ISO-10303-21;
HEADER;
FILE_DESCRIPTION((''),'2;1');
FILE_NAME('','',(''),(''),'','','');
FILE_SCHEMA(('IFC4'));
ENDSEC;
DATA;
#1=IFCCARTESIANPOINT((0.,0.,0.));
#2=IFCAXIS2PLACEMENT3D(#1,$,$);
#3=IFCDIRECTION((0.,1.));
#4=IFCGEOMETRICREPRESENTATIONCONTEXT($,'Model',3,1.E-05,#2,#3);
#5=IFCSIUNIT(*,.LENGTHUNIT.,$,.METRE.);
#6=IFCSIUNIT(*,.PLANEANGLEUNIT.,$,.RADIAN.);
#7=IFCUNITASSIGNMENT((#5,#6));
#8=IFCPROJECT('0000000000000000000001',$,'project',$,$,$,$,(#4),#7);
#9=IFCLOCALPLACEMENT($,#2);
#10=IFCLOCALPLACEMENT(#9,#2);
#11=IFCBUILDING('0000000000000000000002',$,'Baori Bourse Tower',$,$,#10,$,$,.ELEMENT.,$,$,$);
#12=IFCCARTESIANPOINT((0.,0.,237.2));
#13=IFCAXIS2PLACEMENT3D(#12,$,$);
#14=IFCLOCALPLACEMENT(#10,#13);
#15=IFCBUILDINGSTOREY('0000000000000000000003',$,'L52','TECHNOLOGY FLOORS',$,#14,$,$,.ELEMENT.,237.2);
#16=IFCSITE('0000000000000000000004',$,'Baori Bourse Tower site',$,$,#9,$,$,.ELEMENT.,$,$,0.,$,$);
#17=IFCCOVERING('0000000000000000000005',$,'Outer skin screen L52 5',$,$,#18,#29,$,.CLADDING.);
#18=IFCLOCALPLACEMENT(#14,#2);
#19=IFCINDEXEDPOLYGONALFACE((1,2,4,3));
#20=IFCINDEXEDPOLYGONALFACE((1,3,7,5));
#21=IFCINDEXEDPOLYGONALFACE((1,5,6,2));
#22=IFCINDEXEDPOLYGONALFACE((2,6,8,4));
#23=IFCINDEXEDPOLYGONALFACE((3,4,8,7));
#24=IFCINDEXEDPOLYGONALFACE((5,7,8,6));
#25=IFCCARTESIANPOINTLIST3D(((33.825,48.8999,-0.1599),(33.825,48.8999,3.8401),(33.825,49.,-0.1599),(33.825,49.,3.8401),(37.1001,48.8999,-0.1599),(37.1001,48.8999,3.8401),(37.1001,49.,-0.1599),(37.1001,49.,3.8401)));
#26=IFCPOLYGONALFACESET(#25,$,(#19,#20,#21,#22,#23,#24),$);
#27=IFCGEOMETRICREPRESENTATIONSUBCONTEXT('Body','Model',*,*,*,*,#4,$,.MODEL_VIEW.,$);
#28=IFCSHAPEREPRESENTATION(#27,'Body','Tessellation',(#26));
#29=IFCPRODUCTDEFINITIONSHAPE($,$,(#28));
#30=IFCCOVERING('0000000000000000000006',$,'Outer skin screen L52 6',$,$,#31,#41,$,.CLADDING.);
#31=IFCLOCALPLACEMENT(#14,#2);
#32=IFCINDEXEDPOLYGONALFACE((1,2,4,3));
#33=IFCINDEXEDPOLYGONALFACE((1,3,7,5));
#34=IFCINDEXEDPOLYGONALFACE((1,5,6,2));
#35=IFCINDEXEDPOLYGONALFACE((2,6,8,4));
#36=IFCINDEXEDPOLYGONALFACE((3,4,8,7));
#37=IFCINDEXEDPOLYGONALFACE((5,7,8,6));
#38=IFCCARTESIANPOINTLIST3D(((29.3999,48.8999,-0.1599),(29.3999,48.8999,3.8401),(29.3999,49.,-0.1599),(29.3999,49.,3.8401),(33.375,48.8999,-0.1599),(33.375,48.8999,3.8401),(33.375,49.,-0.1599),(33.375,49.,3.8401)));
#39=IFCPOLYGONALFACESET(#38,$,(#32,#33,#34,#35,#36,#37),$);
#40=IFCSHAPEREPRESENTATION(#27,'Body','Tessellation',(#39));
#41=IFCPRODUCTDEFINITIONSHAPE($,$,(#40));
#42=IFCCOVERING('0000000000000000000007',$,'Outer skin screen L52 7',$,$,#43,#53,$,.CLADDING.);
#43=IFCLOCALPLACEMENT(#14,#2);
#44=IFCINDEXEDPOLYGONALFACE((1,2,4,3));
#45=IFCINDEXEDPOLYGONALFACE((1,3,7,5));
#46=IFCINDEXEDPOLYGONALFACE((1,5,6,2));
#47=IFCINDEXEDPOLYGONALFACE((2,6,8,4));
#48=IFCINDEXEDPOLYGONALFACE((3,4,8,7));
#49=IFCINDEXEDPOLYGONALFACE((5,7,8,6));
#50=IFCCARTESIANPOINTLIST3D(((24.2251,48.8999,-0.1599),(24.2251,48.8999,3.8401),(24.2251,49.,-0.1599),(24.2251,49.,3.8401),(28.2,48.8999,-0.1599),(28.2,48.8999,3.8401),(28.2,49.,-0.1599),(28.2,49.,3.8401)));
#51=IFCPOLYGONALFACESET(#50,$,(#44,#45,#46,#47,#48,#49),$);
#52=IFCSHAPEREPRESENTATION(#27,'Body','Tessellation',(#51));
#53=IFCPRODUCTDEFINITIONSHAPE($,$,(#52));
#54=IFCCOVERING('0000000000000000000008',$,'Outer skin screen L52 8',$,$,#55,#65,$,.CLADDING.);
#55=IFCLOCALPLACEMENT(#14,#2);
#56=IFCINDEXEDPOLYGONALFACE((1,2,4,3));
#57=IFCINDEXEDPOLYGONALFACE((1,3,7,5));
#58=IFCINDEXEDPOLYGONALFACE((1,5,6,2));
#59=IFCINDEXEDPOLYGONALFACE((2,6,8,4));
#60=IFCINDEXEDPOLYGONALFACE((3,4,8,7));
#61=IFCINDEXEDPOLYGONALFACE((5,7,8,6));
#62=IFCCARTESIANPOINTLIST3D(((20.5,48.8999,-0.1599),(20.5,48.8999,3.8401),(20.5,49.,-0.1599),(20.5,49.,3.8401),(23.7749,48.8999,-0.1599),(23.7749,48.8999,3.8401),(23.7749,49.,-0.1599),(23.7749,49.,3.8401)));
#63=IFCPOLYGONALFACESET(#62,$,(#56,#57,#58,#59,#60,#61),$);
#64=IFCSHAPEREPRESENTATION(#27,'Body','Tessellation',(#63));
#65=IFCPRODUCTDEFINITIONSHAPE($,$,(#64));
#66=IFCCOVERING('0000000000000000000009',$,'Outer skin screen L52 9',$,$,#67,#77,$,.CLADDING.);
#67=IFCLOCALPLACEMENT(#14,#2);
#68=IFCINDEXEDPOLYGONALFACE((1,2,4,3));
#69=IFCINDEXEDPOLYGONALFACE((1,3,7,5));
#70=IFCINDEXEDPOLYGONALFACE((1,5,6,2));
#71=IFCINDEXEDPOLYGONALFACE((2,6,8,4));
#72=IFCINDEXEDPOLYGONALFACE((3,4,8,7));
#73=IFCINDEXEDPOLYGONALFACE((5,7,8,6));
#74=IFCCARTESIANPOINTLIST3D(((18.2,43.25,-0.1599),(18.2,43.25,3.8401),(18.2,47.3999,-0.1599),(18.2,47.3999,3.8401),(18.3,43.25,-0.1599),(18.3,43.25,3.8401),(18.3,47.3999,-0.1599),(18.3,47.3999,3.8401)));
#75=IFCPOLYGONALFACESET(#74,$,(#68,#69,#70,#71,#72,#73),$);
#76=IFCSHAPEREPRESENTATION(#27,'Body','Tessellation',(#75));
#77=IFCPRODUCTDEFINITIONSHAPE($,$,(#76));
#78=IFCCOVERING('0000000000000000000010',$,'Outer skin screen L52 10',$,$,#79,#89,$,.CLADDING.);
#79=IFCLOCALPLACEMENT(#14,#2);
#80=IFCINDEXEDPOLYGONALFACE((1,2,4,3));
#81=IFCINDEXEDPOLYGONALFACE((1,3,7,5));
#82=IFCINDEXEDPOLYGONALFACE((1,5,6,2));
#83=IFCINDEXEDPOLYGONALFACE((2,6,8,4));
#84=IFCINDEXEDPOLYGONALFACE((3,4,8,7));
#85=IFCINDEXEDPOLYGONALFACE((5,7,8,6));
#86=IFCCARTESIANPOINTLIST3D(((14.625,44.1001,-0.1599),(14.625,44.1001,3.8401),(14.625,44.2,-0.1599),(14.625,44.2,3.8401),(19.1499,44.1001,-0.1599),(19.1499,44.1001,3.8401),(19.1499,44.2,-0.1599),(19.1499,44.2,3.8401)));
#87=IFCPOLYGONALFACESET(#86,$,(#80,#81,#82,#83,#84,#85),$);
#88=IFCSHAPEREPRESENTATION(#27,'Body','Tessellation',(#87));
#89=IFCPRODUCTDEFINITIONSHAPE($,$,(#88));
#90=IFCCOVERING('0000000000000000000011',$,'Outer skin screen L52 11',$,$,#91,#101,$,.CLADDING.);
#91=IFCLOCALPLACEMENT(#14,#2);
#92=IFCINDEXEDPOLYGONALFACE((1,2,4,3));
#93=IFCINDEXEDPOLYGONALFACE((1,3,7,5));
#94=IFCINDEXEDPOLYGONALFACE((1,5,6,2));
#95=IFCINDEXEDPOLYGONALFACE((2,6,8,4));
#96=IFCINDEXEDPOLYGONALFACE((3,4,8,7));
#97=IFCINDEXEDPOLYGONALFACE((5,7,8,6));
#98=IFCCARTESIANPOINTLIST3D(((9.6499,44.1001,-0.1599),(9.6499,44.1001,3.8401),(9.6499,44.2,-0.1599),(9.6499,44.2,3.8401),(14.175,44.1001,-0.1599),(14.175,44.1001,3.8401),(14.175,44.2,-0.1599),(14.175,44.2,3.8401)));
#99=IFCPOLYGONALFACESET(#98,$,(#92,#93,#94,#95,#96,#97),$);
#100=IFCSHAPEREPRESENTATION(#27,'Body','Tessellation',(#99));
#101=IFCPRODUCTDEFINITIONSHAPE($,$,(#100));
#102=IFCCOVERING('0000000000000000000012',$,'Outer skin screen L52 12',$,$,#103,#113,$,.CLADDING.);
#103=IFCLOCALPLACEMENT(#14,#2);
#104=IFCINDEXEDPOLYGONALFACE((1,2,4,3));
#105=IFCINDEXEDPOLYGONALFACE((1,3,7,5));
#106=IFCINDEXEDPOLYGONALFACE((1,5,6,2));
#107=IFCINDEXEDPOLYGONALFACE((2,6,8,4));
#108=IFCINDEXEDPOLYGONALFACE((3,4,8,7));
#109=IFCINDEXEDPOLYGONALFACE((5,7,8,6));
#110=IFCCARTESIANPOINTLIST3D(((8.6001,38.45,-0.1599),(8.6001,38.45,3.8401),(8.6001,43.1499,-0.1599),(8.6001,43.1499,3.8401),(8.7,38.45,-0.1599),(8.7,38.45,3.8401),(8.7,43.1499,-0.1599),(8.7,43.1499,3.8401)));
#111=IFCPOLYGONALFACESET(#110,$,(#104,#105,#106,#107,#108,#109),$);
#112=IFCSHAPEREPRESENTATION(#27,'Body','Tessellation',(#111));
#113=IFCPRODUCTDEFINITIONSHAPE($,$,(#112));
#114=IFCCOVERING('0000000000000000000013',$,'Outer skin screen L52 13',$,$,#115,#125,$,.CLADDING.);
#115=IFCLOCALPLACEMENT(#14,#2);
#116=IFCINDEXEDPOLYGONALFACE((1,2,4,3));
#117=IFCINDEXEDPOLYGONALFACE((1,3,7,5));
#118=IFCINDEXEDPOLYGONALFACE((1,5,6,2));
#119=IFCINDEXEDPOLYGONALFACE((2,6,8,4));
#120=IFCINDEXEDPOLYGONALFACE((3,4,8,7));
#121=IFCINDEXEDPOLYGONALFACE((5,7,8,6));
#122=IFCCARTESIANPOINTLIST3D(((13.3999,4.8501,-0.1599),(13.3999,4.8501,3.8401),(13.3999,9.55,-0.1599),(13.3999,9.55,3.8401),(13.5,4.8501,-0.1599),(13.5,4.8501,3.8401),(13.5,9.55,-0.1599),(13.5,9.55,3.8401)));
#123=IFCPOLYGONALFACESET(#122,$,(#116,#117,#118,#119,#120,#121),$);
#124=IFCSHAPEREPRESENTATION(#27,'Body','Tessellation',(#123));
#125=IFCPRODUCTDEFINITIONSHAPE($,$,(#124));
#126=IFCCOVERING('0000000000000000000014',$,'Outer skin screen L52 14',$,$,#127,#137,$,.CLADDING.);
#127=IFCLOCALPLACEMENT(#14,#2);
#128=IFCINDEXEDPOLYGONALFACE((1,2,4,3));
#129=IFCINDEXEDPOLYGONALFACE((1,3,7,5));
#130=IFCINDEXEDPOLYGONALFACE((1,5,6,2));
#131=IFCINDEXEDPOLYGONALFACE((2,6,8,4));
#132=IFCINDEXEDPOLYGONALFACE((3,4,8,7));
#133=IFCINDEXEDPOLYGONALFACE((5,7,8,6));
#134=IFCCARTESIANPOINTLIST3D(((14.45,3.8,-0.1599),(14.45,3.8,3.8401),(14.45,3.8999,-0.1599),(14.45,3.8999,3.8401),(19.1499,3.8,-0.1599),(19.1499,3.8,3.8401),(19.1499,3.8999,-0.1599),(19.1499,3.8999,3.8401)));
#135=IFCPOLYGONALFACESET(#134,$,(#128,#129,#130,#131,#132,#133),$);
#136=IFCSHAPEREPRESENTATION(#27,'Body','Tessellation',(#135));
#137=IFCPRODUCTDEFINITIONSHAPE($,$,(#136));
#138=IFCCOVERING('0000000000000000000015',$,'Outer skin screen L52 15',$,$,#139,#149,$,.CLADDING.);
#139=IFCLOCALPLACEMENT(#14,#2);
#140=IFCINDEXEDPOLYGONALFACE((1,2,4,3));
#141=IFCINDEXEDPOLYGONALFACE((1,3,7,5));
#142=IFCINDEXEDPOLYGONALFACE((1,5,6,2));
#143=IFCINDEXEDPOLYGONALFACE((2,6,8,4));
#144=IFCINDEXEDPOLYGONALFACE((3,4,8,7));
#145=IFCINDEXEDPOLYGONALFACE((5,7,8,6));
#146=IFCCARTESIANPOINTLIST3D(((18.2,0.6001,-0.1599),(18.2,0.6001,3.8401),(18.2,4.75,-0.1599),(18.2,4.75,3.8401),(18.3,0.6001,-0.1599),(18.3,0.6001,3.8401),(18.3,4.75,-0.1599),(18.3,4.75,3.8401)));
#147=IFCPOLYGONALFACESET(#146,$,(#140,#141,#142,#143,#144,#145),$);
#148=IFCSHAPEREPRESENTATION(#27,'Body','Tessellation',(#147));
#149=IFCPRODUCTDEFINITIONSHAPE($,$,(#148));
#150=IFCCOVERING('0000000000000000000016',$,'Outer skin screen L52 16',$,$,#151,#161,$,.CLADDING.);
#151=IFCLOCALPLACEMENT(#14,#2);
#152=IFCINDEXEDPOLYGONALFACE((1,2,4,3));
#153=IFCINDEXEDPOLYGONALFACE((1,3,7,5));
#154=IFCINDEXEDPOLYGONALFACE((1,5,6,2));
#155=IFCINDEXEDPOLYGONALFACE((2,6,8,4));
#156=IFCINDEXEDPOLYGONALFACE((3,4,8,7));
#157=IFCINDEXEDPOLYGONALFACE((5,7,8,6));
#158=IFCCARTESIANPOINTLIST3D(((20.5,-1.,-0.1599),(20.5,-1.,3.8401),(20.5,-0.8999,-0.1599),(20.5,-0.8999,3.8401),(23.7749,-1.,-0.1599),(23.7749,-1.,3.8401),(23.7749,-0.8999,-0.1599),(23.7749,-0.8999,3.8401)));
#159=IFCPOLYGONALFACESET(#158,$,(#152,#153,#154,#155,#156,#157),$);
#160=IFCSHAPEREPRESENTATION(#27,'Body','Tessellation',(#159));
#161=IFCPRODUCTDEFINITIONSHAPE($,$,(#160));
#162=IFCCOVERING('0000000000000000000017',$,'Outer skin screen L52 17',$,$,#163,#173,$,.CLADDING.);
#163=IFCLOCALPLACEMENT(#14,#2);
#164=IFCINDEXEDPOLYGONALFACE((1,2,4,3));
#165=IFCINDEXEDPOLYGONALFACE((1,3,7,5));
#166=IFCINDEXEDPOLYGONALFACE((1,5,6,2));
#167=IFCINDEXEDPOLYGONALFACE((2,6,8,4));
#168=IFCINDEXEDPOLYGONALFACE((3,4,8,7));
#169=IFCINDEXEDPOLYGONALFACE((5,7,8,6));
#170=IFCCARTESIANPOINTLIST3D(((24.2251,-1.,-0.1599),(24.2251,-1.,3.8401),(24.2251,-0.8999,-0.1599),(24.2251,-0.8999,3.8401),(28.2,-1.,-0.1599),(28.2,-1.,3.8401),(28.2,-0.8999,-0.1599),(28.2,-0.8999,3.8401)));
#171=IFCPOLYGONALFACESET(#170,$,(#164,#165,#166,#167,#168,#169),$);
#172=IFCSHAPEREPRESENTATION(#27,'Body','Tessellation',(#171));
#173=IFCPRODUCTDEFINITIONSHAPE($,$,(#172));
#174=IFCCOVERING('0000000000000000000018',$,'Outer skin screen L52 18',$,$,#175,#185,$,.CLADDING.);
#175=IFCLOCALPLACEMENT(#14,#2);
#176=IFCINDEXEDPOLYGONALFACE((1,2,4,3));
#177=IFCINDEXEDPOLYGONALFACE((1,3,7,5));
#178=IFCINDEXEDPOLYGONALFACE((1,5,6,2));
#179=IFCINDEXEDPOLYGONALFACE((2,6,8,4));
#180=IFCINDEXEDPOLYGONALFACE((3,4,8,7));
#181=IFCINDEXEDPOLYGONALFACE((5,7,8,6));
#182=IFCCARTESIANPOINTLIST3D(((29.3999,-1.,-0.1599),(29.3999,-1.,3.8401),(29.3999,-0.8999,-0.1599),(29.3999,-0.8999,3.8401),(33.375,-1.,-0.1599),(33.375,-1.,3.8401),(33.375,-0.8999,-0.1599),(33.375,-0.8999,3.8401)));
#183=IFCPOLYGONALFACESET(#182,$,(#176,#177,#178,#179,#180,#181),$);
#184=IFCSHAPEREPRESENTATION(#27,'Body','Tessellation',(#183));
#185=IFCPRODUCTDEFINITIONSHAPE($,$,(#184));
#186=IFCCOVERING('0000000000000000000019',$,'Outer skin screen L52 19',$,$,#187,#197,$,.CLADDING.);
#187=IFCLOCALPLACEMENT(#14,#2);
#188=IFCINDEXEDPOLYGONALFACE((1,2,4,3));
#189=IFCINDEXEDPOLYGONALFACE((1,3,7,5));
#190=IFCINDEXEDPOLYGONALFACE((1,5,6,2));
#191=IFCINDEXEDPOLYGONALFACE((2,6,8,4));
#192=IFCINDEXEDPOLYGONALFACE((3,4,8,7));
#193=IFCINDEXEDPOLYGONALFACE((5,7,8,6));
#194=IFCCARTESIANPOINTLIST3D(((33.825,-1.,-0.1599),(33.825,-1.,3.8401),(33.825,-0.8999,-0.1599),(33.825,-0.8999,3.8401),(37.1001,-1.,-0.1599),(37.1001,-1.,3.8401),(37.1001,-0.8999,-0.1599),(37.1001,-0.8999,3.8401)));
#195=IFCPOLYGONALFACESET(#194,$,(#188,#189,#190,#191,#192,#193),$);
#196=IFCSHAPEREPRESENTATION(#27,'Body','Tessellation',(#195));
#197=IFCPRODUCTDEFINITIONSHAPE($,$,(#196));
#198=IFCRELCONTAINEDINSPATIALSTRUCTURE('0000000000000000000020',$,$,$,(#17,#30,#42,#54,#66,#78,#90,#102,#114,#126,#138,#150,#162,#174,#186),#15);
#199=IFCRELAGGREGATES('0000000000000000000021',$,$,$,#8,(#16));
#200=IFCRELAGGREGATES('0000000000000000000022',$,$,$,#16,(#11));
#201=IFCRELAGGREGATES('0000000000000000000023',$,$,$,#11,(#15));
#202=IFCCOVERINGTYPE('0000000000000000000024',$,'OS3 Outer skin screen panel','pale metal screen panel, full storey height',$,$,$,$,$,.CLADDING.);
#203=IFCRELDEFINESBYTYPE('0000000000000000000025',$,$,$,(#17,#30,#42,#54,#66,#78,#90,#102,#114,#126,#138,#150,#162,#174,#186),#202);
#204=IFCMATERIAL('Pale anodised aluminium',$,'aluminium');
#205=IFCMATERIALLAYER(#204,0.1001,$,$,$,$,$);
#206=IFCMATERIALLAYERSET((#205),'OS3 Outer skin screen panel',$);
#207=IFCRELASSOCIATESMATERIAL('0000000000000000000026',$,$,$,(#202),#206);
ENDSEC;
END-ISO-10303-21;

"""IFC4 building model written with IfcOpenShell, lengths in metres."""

from ifc_helpers import new_model, si_unit, direction, frame, origin, place, context, subcontext, project, spatial, polyline, outline, extrude, material, layer, layer_set, type_object, element, save


model = new_model("IFC4")

# Units and contexts
model_context = context("Model", 3, precision=1e-05, world=origin(), true_north=direction((0.0, 1.0)))
body_context = subcontext(model_context, "Body", "Model", "MODEL_VIEW")
ifc_project = project(units=[si_unit("LENGTHUNIT", "METRE"), si_unit("PLANEANGLEUNIT", "RADIAN")], contexts=[model_context])

# Site, building, storey
site_placement = place(None, origin())
site = spatial("IfcSite", under=ifc_project, at=site_placement, Name="Baori Bourse Tower site", CompositionType="ELEMENT", RefElevation=0.0)
building_placement = place(site_placement, origin())
building = spatial("IfcBuilding", under=site, at=building_placement, Name="Baori Bourse Tower", CompositionType="ELEMENT")
storey_placement = place(building_placement, frame((0.0, 0.0, 237.2)))
storey = spatial("IfcBuildingStorey", under=building, at=storey_placement, Name="L52", Description="TECHNOLOGY FLOORS", CompositionType="ELEMENT", Elevation=237.2)

# Coverings
ifc_material_1 = material(Name="Pale anodised aluminium", Category="aluminium")
ifc_layer_1 = layer(ifc_material_1, 0.1001)
ifc_layer_set_1 = layer_set([ifc_layer_1], Name="OS3 Outer skin screen panel")
covering_type = type_object("IfcCoveringType", Name="OS3 Outer skin screen panel", Description="pale metal screen panel, full storey height", PredefinedType="CLADDING", material=ifc_layer_set_1)
covering_1_placement = place(storey_placement, frame((0.0, 0.0, -0.1599)))
element("IfcCovering", 1, at=covering_1_placement, inside=storey, type_object=covering_type, Name="Outer skin screen L52 5", PredefinedType="CLADDING", context=body_context, shape_type="SweptSolid", body=[
    extrude(outline(polyline([(33.825, 48.8999), (37.1001, 48.8999), (37.1001, 49.0), (33.825, 49.0), (33.825, 48.8999)])), origin(), (0.0, 0.0, 1.0), 4.0),
])
covering_2_placement = place(storey_placement, frame((0.0, 0.0, -0.1599)))
element("IfcCovering", 2, at=covering_2_placement, inside=storey, type_object=covering_type, Name="Outer skin screen L52 6", PredefinedType="CLADDING", context=body_context, shape_type="SweptSolid", body=[
    extrude(outline(polyline([(29.3999, 48.8999), (33.375, 48.8999), (33.375, 49.0), (29.3999, 49.0), (29.3999, 48.8999)])), origin(), (0.0, 0.0, 1.0), 4.0),
])
covering_3_placement = place(storey_placement, frame((0.0, 0.0, -0.1599)))
element("IfcCovering", 3, at=covering_3_placement, inside=storey, type_object=covering_type, Name="Outer skin screen L52 7", PredefinedType="CLADDING", context=body_context, shape_type="SweptSolid", body=[
    extrude(outline(polyline([(24.2251, 48.8999), (28.2, 48.8999), (28.2, 49.0), (24.2251, 49.0), (24.2251, 48.8999)])), origin(), (0.0, 0.0, 1.0), 4.0),
])
covering_4_placement = place(storey_placement, frame((0.0, 0.0, -0.1599)))
element("IfcCovering", 4, at=covering_4_placement, inside=storey, type_object=covering_type, Name="Outer skin screen L52 8", PredefinedType="CLADDING", context=body_context, shape_type="SweptSolid", body=[
    extrude(outline(polyline([(20.5, 48.8999), (23.7749, 48.8999), (23.7749, 49.0), (20.5, 49.0), (20.5, 48.8999)])), origin(), (0.0, 0.0, 1.0), 4.0),
])
covering_5_placement = place(storey_placement, frame((0.0, 0.0, -0.1599)))
element("IfcCovering", 5, at=covering_5_placement, inside=storey, type_object=covering_type, Name="Outer skin screen L52 9", PredefinedType="CLADDING", context=body_context, shape_type="SweptSolid", body=[
    extrude(outline(polyline([(18.3, 43.25), (18.3, 47.3999), (18.2, 47.3999), (18.2, 43.25), (18.3, 43.25)])), origin(), (0.0, 0.0, 1.0), 4.0),
])
covering_6_placement = place(storey_placement, frame((0.0, 0.0, -0.1599)))
element("IfcCovering", 6, at=covering_6_placement, inside=storey, type_object=covering_type, Name="Outer skin screen L52 10", PredefinedType="CLADDING", context=body_context, shape_type="SweptSolid", body=[
    extrude(outline(polyline([(14.625, 44.1001), (19.1499, 44.1001), (19.1499, 44.2), (14.625, 44.2), (14.625, 44.1001)])), origin(), (0.0, 0.0, 1.0), 4.0),
])
covering_7_placement = place(storey_placement, frame((0.0, 0.0, -0.1599)))
element("IfcCovering", 7, at=covering_7_placement, inside=storey, type_object=covering_type, Name="Outer skin screen L52 11", PredefinedType="CLADDING", context=body_context, shape_type="SweptSolid", body=[
    extrude(outline(polyline([(9.6499, 44.1001), (14.175, 44.1001), (14.175, 44.2), (9.6499, 44.2), (9.6499, 44.1001)])), origin(), (0.0, 0.0, 1.0), 4.0),
])
covering_8_placement = place(storey_placement, frame((0.0, 0.0, -0.1599)))
element("IfcCovering", 8, at=covering_8_placement, inside=storey, type_object=covering_type, Name="Outer skin screen L52 12", PredefinedType="CLADDING", context=body_context, shape_type="SweptSolid", body=[
    extrude(outline(polyline([(8.7, 38.45), (8.7, 43.1499), (8.6001, 43.1499), (8.6001, 38.45), (8.7, 38.45)])), origin(), (0.0, 0.0, 1.0), 4.0),
])
covering_9_placement = place(storey_placement, frame((0.0, 0.0, -0.1599)))
element("IfcCovering", 9, at=covering_9_placement, inside=storey, type_object=covering_type, Name="Outer skin screen L52 13", PredefinedType="CLADDING", context=body_context, shape_type="SweptSolid", body=[
    extrude(outline(polyline([(13.5, 4.8501), (13.5, 9.55), (13.3999, 9.55), (13.3999, 4.8501), (13.5, 4.8501)])), origin(), (0.0, 0.0, 1.0), 4.0),
])
covering_10_placement = place(storey_placement, frame((0.0, 0.0, -0.1599)))
element("IfcCovering", 10, at=covering_10_placement, inside=storey, type_object=covering_type, Name="Outer skin screen L52 14", PredefinedType="CLADDING", context=body_context, shape_type="SweptSolid", body=[
    extrude(outline(polyline([(19.1499, 3.8999), (14.45, 3.8999), (14.45, 3.8), (19.1499, 3.8), (19.1499, 3.8999)])), origin(), (0.0, 0.0, 1.0), 4.0),
])
covering_11_placement = place(storey_placement, frame((0.0, 0.0, -0.1599)))
element("IfcCovering", 11, at=covering_11_placement, inside=storey, type_object=covering_type, Name="Outer skin screen L52 15", PredefinedType="CLADDING", context=body_context, shape_type="SweptSolid", body=[
    extrude(outline(polyline([(18.3, 0.6001), (18.3, 4.75), (18.2, 4.75), (18.2, 0.6001), (18.3, 0.6001)])), origin(), (0.0, 0.0, 1.0), 4.0),
])
covering_12_placement = place(storey_placement, frame((0.0, 0.0, -0.1599)))
element("IfcCovering", 12, at=covering_12_placement, inside=storey, type_object=covering_type, Name="Outer skin screen L52 16", PredefinedType="CLADDING", context=body_context, shape_type="SweptSolid", body=[
    extrude(outline(polyline([(23.7749, -0.8999), (20.5, -0.8999), (20.5, -1.0), (23.7749, -1.0), (23.7749, -0.8999)])), origin(), (0.0, 0.0, 1.0), 4.0),
])
covering_13_placement = place(storey_placement, frame((0.0, 0.0, -0.1599)))
element("IfcCovering", 13, at=covering_13_placement, inside=storey, type_object=covering_type, Name="Outer skin screen L52 17", PredefinedType="CLADDING", context=body_context, shape_type="SweptSolid", body=[
    extrude(outline(polyline([(28.2, -0.8999), (24.2251, -0.8999), (24.2251, -1.0), (28.2, -1.0), (28.2, -0.8999)])), origin(), (0.0, 0.0, 1.0), 4.0),
])
covering_14_placement = place(storey_placement, frame((0.0, 0.0, -0.1599)))
element("IfcCovering", 14, at=covering_14_placement, inside=storey, type_object=covering_type, Name="Outer skin screen L52 18", PredefinedType="CLADDING", context=body_context, shape_type="SweptSolid", body=[
    extrude(outline(polyline([(33.375, -0.8999), (29.3999, -0.8999), (29.3999, -1.0), (33.375, -1.0), (33.375, -0.8999)])), origin(), (0.0, 0.0, 1.0), 4.0),
])
covering_15_placement = place(storey_placement, frame((0.0, 0.0, -0.1599)))
element("IfcCovering", 15, at=covering_15_placement, inside=storey, type_object=covering_type, Name="Outer skin screen L52 19", PredefinedType="CLADDING", context=body_context, shape_type="SweptSolid", body=[
    extrude(outline(polyline([(37.1001, -0.8999), (33.825, -0.8999), (33.825, -1.0), (37.1001, -1.0), (37.1001, -0.8999)])), origin(), (0.0, 0.0, 1.0), 4.0),
])

save(model, "model.ifc")
